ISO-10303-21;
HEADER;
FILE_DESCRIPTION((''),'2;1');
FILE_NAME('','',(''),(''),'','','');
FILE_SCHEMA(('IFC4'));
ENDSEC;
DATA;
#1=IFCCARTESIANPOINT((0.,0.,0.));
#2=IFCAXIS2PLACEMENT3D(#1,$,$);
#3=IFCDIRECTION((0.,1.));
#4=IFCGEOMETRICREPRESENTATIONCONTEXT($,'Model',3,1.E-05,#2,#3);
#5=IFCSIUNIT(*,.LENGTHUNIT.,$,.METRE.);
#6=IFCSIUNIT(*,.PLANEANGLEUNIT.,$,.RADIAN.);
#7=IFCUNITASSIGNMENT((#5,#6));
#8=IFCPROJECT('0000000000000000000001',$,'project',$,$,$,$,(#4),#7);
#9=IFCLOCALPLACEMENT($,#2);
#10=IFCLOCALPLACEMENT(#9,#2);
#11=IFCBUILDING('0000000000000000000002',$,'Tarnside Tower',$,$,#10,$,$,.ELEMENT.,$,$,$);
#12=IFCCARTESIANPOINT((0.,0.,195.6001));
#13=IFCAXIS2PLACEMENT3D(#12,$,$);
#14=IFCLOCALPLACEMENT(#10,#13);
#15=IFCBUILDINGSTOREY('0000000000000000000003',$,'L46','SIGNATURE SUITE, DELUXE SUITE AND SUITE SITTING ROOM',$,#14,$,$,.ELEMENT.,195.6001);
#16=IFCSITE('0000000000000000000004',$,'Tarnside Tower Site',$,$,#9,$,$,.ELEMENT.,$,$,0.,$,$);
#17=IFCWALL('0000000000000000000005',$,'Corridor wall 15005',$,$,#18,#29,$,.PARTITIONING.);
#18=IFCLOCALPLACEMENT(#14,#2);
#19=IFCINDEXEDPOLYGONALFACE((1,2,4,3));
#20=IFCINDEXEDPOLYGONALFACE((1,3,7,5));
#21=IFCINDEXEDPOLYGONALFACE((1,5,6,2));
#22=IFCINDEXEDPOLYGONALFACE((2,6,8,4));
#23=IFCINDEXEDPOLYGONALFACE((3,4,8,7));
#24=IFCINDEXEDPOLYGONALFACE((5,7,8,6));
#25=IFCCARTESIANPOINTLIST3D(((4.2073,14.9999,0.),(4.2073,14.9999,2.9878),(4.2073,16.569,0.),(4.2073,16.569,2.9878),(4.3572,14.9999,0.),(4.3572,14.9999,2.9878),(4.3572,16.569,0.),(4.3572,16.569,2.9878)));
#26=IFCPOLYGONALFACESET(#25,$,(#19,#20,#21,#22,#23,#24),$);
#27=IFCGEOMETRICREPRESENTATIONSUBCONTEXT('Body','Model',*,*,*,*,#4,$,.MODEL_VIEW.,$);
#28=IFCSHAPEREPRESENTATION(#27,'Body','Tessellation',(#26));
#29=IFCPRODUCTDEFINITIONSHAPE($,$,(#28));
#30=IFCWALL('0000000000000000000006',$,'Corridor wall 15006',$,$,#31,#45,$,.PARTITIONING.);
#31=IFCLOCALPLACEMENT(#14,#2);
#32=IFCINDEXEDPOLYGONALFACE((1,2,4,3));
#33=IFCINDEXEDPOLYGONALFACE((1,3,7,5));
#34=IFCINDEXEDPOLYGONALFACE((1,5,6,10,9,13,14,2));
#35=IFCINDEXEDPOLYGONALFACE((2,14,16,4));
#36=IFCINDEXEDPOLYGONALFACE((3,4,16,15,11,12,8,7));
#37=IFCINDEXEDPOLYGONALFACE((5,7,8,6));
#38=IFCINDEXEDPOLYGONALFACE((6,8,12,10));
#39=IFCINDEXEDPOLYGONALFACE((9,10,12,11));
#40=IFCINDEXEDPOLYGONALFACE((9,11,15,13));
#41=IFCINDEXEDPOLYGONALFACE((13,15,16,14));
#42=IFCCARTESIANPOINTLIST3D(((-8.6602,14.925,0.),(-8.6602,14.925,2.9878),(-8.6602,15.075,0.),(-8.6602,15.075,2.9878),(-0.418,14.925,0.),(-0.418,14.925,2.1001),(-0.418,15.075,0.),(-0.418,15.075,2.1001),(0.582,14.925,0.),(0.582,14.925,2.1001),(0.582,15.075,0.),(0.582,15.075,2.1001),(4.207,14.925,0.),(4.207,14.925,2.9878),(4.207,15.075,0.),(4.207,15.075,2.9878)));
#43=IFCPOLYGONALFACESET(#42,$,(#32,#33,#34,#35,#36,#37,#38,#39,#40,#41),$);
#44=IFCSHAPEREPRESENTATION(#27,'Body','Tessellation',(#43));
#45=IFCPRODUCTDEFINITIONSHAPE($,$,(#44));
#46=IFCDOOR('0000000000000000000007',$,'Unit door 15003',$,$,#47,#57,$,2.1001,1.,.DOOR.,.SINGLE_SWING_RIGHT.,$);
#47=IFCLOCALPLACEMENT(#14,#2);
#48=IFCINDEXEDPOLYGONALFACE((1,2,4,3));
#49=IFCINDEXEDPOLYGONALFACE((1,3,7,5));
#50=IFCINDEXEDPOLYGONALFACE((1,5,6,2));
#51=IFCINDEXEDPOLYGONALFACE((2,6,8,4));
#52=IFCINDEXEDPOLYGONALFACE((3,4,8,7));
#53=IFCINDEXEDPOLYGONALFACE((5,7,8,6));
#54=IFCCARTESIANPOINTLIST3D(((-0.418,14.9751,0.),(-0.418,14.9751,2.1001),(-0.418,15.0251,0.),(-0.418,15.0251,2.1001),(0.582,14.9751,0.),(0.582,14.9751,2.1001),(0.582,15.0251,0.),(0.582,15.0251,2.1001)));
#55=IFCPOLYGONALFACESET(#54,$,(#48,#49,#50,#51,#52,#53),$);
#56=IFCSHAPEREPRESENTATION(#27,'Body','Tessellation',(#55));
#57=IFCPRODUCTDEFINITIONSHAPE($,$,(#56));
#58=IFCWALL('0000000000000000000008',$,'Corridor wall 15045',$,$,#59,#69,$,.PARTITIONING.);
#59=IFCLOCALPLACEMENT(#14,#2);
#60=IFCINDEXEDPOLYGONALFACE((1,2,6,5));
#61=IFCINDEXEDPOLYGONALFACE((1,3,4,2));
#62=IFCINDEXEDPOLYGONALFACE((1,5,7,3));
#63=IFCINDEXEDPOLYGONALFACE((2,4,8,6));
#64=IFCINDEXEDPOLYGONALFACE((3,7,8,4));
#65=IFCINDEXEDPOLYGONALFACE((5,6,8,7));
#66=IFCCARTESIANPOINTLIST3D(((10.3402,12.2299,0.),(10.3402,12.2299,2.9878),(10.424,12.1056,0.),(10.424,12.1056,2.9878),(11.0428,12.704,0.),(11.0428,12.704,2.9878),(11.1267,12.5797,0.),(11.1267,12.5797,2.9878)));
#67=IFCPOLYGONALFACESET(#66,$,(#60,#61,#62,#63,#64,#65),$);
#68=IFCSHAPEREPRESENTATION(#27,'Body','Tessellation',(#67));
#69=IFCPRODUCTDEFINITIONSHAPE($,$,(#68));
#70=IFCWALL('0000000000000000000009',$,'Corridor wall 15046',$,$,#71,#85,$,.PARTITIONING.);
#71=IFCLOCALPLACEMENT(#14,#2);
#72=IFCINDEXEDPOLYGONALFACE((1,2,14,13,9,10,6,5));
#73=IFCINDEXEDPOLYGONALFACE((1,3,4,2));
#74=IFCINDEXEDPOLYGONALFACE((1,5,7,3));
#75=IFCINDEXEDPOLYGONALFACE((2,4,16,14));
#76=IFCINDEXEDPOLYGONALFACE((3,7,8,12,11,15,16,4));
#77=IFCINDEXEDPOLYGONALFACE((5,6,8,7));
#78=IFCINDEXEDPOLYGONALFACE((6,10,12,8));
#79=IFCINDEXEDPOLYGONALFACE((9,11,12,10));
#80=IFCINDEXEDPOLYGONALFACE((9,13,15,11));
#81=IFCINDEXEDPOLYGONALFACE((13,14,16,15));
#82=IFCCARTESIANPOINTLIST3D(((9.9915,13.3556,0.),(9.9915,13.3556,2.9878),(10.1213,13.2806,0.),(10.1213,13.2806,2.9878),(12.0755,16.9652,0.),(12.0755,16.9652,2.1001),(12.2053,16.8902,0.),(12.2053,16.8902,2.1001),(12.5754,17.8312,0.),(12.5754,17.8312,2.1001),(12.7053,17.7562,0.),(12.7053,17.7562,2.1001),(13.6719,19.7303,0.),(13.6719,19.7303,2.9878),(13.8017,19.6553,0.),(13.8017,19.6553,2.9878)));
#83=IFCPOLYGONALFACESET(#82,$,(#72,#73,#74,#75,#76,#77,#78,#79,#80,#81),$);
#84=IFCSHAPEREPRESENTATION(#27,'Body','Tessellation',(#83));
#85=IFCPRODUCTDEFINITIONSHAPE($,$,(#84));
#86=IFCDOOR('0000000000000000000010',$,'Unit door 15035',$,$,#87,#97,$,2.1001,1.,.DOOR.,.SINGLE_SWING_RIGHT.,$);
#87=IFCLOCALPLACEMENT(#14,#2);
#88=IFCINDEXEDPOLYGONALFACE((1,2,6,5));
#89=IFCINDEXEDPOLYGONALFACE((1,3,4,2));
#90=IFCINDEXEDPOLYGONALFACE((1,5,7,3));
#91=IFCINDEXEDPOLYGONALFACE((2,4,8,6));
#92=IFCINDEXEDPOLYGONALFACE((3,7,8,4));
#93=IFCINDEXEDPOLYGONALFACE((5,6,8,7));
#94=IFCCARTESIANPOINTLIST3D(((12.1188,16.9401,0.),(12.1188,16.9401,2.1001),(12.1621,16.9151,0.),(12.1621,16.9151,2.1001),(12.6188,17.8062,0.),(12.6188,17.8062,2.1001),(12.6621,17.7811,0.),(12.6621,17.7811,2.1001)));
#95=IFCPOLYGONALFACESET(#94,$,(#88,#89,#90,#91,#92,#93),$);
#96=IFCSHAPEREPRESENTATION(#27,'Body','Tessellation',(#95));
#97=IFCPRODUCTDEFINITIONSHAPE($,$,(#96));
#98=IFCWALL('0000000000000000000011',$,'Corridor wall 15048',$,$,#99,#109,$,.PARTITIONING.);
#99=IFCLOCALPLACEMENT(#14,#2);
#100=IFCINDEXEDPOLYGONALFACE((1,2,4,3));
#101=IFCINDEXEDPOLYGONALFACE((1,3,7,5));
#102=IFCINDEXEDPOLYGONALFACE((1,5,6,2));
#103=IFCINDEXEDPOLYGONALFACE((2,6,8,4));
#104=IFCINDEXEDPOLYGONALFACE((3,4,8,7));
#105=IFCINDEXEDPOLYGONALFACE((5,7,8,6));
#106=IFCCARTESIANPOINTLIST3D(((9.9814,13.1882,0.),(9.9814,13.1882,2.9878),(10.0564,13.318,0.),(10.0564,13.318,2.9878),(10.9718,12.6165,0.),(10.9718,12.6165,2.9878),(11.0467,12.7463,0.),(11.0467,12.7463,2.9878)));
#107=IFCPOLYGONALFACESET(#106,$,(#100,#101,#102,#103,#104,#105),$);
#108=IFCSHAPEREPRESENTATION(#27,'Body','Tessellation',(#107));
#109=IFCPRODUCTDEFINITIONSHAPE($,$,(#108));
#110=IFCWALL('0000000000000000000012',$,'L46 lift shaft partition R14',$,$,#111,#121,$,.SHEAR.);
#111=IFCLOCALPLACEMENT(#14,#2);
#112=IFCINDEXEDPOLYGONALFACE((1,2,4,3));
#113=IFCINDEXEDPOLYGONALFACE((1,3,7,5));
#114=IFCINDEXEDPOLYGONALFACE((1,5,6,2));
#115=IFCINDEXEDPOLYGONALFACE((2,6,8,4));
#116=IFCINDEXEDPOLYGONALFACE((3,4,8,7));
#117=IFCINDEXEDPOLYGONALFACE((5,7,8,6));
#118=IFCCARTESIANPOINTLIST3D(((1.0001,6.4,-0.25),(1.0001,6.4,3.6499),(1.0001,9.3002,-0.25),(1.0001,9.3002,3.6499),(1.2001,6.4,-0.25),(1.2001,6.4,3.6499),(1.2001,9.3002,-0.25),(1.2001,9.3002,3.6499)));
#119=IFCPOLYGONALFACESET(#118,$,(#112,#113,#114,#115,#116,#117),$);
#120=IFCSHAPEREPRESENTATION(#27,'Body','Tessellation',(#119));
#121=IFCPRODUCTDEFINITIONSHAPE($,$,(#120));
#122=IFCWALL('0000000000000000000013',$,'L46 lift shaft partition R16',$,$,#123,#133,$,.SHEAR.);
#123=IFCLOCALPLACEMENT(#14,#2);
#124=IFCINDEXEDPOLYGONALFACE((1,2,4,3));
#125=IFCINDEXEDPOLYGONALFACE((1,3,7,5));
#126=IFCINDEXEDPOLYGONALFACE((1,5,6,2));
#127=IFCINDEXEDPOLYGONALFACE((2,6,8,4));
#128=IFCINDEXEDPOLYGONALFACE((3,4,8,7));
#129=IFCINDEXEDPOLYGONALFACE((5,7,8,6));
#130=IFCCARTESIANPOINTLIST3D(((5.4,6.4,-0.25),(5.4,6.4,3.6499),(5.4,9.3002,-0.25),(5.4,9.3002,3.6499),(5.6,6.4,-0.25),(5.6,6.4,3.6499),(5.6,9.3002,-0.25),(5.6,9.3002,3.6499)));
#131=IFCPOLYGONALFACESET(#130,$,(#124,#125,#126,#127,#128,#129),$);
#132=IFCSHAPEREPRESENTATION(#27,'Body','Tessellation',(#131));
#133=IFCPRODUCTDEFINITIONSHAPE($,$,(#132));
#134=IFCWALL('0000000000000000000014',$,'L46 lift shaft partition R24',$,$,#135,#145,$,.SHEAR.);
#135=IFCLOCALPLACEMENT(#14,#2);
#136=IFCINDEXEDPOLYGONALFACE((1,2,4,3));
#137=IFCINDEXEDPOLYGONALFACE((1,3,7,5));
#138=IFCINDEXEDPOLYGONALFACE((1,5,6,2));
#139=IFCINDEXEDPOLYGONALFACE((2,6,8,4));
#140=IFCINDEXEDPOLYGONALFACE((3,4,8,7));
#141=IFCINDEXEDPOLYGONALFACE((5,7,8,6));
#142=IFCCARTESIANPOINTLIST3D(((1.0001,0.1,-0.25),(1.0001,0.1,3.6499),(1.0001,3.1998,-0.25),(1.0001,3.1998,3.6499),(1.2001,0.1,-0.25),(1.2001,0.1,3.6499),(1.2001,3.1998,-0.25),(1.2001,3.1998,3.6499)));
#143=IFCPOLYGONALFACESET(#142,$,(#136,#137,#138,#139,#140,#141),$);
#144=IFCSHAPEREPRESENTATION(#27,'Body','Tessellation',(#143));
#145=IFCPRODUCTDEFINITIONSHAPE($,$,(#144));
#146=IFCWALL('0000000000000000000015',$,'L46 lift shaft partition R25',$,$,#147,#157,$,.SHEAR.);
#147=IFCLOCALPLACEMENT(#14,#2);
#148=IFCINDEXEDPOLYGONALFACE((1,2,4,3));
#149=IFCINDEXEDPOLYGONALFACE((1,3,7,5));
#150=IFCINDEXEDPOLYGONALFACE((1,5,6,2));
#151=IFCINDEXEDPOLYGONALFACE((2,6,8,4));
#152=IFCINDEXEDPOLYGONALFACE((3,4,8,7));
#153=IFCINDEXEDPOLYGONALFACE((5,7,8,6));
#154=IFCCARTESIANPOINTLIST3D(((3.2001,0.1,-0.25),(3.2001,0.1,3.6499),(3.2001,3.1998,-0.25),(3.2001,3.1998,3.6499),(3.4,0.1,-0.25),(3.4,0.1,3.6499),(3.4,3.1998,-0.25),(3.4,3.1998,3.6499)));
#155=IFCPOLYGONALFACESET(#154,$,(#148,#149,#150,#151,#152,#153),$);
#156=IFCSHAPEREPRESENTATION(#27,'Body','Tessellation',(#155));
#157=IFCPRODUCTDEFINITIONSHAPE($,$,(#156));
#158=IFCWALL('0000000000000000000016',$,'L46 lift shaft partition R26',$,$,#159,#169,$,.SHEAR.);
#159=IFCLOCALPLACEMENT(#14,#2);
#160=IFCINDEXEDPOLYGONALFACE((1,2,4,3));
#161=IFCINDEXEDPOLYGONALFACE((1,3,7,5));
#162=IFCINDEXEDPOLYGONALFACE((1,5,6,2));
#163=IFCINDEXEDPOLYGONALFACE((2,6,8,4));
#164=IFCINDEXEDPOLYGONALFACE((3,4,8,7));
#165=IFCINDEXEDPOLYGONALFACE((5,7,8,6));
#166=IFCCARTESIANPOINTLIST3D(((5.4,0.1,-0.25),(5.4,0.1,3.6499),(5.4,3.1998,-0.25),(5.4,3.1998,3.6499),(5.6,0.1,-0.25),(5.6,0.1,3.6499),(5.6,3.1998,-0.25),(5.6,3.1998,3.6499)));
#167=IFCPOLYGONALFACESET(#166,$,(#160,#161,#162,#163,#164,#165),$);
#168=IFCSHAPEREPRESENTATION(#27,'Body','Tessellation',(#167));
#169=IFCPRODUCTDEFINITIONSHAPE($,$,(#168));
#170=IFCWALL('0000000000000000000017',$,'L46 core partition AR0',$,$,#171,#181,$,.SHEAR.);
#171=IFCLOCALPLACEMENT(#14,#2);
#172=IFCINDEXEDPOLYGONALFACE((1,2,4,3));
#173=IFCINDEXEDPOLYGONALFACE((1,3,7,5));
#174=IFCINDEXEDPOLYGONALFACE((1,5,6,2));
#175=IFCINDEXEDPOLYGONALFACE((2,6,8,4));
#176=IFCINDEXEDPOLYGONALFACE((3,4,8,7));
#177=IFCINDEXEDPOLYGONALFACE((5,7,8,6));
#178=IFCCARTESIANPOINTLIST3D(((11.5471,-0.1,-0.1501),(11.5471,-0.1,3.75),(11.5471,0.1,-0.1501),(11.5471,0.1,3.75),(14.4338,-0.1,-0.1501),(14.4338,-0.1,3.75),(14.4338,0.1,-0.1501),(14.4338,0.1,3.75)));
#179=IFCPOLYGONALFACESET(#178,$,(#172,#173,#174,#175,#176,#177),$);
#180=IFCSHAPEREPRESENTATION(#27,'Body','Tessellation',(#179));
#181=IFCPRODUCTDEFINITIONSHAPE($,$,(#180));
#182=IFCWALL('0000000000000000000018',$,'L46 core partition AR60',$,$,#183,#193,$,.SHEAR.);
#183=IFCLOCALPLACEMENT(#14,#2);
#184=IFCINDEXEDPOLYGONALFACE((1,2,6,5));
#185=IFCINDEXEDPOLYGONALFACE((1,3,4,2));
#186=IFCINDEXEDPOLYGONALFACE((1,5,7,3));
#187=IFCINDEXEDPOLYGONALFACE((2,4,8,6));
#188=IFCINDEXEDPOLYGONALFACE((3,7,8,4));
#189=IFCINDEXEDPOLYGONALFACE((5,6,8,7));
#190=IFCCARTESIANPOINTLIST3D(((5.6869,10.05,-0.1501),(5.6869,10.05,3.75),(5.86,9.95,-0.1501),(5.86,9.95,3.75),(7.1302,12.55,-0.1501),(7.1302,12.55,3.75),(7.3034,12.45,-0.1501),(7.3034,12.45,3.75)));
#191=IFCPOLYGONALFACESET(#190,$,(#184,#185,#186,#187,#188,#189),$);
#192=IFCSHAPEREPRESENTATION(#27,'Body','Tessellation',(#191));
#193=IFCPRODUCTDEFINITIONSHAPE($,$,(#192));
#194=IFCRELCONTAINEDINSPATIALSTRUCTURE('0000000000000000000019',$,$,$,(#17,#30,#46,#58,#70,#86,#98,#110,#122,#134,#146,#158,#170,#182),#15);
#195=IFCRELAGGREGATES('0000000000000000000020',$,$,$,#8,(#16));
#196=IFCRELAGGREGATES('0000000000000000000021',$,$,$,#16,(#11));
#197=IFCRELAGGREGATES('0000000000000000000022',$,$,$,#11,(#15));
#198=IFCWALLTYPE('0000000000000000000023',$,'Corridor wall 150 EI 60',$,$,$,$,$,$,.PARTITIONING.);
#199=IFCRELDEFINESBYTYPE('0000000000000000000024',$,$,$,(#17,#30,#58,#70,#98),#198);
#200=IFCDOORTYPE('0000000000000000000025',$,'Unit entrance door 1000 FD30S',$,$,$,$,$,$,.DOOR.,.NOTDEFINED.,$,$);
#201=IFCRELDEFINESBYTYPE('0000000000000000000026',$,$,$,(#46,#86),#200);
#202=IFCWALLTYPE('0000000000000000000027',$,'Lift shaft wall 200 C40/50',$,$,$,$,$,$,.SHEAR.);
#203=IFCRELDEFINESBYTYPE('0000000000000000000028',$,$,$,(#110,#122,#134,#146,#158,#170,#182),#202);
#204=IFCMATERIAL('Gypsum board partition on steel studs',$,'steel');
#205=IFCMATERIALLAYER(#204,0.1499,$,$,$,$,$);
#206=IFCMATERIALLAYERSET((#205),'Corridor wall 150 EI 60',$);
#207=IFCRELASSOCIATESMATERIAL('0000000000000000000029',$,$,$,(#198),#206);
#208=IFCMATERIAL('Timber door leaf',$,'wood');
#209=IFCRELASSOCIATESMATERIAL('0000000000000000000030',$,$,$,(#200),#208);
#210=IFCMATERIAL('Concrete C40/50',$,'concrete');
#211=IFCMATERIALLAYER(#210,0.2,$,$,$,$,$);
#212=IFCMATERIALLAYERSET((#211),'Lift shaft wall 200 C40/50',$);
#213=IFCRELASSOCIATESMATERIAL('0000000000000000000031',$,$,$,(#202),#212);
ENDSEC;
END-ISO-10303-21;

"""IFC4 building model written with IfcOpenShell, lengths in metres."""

from ifc_helpers import new_model, si_unit, direction, frame, frame_2d, origin, place, context, subcontext, project, spatial, rectangle, extrude, material, layer, layer_set, type_object, element, fill, save


model = new_model("IFC4")

# Units and contexts
model_context = context("Model", 3, precision=1e-05, world=origin(), true_north=direction((0.0, 1.0)))
body_context = subcontext(model_context, "Body", "Model", "MODEL_VIEW")
ifc_project = project(units=[si_unit("LENGTHUNIT", "METRE"), si_unit("PLANEANGLEUNIT", "RADIAN")], contexts=[model_context])

# Site, building, storey
site_placement = place(None, origin())
site = spatial("IfcSite", under=ifc_project, at=site_placement, Name="Tarnside Tower Site", CompositionType="ELEMENT", RefElevation=0.0)
building_placement = place(site_placement, origin())
building = spatial("IfcBuilding", under=site, at=building_placement, Name="Tarnside Tower", CompositionType="ELEMENT")
storey_placement = place(building_placement, frame((0.0, 0.0, 195.6001)))
storey = spatial("IfcBuildingStorey", under=building, at=storey_placement, Name="L46", Description="SIGNATURE SUITE, DELUXE SUITE AND SUITE SITTING ROOM", CompositionType="ELEMENT", Elevation=195.6001)

# Shared definitions
ifc_material_1 = material(Name="Gypsum board partition on steel studs", Category="steel")

# Shared definitions
ifc_material_2 = material(Name="Timber door leaf", Category="wood")

# Wall
ifc_layer_1 = layer(ifc_material_1, 0.1499)
ifc_layer_set_1 = layer_set([ifc_layer_1], Name="Corridor wall 150 EI 60")
wall_type_1 = type_object("IfcWallType", Name="Corridor wall 150 EI 60", PredefinedType="PARTITIONING", material=ifc_layer_set_1)
wall_1_placement = place(storey_placement, frame((4.2822, 16.5691, 0.0), z_axis=(0.0, 0.0, 1.0), x_axis=(0.0, -1.0, 0.0)))
element("IfcWall", 1, at=wall_1_placement, inside=storey, type_object=wall_type_1, Name="Corridor wall 15005", PredefinedType="PARTITIONING", context=body_context, shape_type="SweptSolid", body=[
    extrude(rectangle(XDim=1.5691, YDim=0.1499, at=frame_2d((0.7847, 0.0))), origin(), (0.0, 0.0, 1.0), 2.9878),
])

# Wall, opening, door
wall_2_placement = place(storey_placement, frame((4.207, 15.0, 0.0), z_axis=(0.0, 0.0, 1.0), x_axis=(-1.0, 0.0, 0.0)))
wall_2 = element("IfcWall", 2, at=wall_2_placement, inside=storey, type_object=wall_type_1, Name="Corridor wall 15006", PredefinedType="PARTITIONING", context=body_context, shape_type="SweptSolid", body=[
    extrude(rectangle(XDim=12.8672, YDim=0.1499, at=frame_2d((6.4336, 0.0))), origin(), (0.0, 0.0, 1.0), 2.9878),
])
opening_1_placement = place(wall_2_placement, frame((3.625, 0.0, 0.0)))
opening_1 = element("IfcOpeningElement", 3, at=opening_1_placement, cuts=wall_2, PredefinedType="OPENING", context=body_context, shape_type="SweptSolid", body=[
    extrude(rectangle(XDim=1.0, YDim=2.1001, at=frame_2d((0.5, 1.05))), frame((0.0, 0.085, 0.0), z_axis=(0.0, -1.0, 0.0), x_axis=(1.0, 0.0, 0.0)), (0.0, 0.0, 1.0), 0.1699),
])
door_type_1 = type_object("IfcDoorType", Name="Unit entrance door 1000 FD30S", OperationType="NOTDEFINED", PredefinedType="DOOR", material=ifc_material_2)
door_1_placement = place(opening_1_placement, origin())
door_1 = element("IfcDoor", 4, at=door_1_placement, inside=storey, type_object=door_type_1, Name="Unit door 15003", OperationType="SINGLE_SWING_RIGHT", OverallHeight=2.1001, OverallWidth=1.0, PredefinedType="DOOR", context=body_context, shape_type="SweptSolid", body=[
    extrude(rectangle(XDim=1.0, YDim=2.1001, at=frame_2d((0.5, 1.05))), frame((0.0, 0.0249, 0.0), z_axis=(0.0, -1.0, 0.0), x_axis=(1.0, 0.0, 0.0)), (0.0, 0.0, 1.0), 0.05),
])
fill(opening_1, door_1)

# Wall
wall_3_placement = place(storey_placement, frame((10.3821, 12.1677, 0.0), z_axis=(0.0, 0.0, 1.0), x_axis=(0.828935, 0.559344, 0.0)))
element("IfcWall", 5, at=wall_3_placement, inside=storey, type_object=wall_type_1, Name="Corridor wall 15045", PredefinedType="PARTITIONING", context=body_context, shape_type="SweptSolid", body=[
    extrude(rectangle(XDim=0.8477, YDim=0.1499, at=frame_2d((0.4238, 0.0))), origin(), (0.0, 0.0, 1.0), 2.9878),
])

# Wall, opening, door
wall_4_placement = place(storey_placement, frame((10.0564, 13.3181, 0.0), z_axis=(0.0, 0.0, 1.0), x_axis=(0.499995, 0.866028, 0.0)))
wall_4 = element("IfcWall", 6, at=wall_4_placement, inside=storey, type_object=wall_type_1, Name="Corridor wall 15046", PredefinedType="PARTITIONING", context=body_context, shape_type="SweptSolid", body=[
    extrude(rectangle(XDim=7.3608, YDim=0.1499, at=frame_2d((3.6804, 0.0))), origin(), (0.0, 0.0, 1.0), 2.9878),
])
opening_2_placement = place(wall_4_placement, frame((4.168, 0.0, 0.0)))
opening_2 = element("IfcOpeningElement", 7, at=opening_2_placement, cuts=wall_4, PredefinedType="OPENING", context=body_context, shape_type="SweptSolid", body=[
    extrude(rectangle(XDim=1.0, YDim=2.1001, at=frame_2d((0.5, 1.05))), frame((0.0, 0.085, 0.0), z_axis=(0.0, -1.0, 0.0), x_axis=(1.0, 0.0, 0.0)), (0.0, 0.0, 1.0), 0.1699),
])
door_2_placement = place(opening_2_placement, origin())
door_2 = element("IfcDoor", 8, at=door_2_placement, inside=storey, type_object=door_type_1, Name="Unit door 15035", OperationType="SINGLE_SWING_RIGHT", OverallHeight=2.1001, OverallWidth=1.0, PredefinedType="DOOR", context=body_context, shape_type="SweptSolid", body=[
    extrude(rectangle(XDim=1.0, YDim=2.1001, at=frame_2d((0.5, 1.05))), frame((0.0, 0.0249, 0.0), z_axis=(0.0, -1.0, 0.0), x_axis=(1.0, 0.0, 0.0)), (0.0, 0.0, 1.0), 0.05),
])
fill(opening_2, door_2)

# Walls
wall_5_placement = place(storey_placement, frame((11.0093, 12.6814, 0.0), z_axis=(0.0, 0.0, 1.0), x_axis=(-0.866054, 0.49995, 0.0)))
element("IfcWall", 9, at=wall_5_placement, inside=storey, type_object=wall_type_1, Name="Corridor wall 15048", PredefinedType="PARTITIONING", context=body_context, shape_type="SweptSolid", body=[
    extrude(rectangle(XDim=1.1436, YDim=0.1499, at=frame_2d((0.5718, 0.0))), origin(), (0.0, 0.0, 1.0), 2.9878),
])
ifc_material_3 = material(Name="Concrete C40/50", Category="concrete")
ifc_layer_2 = layer(ifc_material_3, 0.2)
ifc_layer_set_2 = layer_set([ifc_layer_2], Name="Lift shaft wall 200 C40/50")
wall_type_2 = type_object("IfcWallType", Name="Lift shaft wall 200 C40/50", PredefinedType="SHEAR", material=ifc_layer_set_2)
for number, where, z_axis, x_axis, name in (
    (10, (1.1001, 6.3999, -0.25), (0.0, 0.0, 1.0), (0.0, 1.0, 0.0), "L46 lift shaft partition R14"),
    (11, (5.5, 6.3999, -0.25), (0.0, 0.0, 1.0), (0.0, 1.0, 0.0), "L46 lift shaft partition R16"),
):
    element("IfcWall", number, at=place(storey_placement, frame(where, z_axis=z_axis, x_axis=x_axis)), inside=storey, type_object=wall_type_2, Name=name, PredefinedType="SHEAR", context=body_context, shape_type="SweptSolid", body=[
        extrude(rectangle(XDim=2.9001, YDim=0.2, at=frame_2d((1.4502, 0.0))), origin(), (0.0, 0.0, 1.0), 3.8999),
    ])
for number, where, z_axis, x_axis, name in (
    (12, (1.1001, 0.1001, -0.25), (0.0, 0.0, 1.0), (0.0, 1.0, 0.0), "L46 lift shaft partition R24"),
    (13, (3.3, 0.1001, -0.25), (0.0, 0.0, 1.0), (0.0, 1.0, 0.0), "L46 lift shaft partition R25"),
    (14, (5.5, 0.1001, -0.25), (0.0, 0.0, 1.0), (0.0, 1.0, 0.0), "L46 lift shaft partition R26"),
):
    element("IfcWall", number, at=place(storey_placement, frame(where, z_axis=z_axis, x_axis=x_axis)), inside=storey, type_object=wall_type_2, Name=name, PredefinedType="SHEAR", context=body_context, shape_type="SweptSolid", body=[
        extrude(rectangle(XDim=3.0999, YDim=0.2, at=frame_2d((1.5498, 0.0))), origin(), (0.0, 0.0, 1.0), 3.8999),
    ])
for number, where, z_axis, x_axis, name in (
    (15, (11.5471, 0.0, -0.1501), (0.0, 0.0, 1.0), (1.0, 0.0, 0.0), "L46 core partition AR0"),
    (16, (5.7734, 10.0, -0.1501), (0.0, 0.0, 1.0), (0.499996, 0.866028, 0.0), "L46 core partition AR60"),
):
    element("IfcWall", number, at=place(storey_placement, frame(where, z_axis=z_axis, x_axis=x_axis)), inside=storey, type_object=wall_type_2, Name=name, PredefinedType="SHEAR", context=body_context, shape_type="SweptSolid", body=[
        extrude(rectangle(XDim=2.8867, YDim=0.2, at=frame_2d((1.4434, 0.0))), origin(), (0.0, 0.0, 1.0), 3.9001),
    ])

save(model, "model.ifc")
